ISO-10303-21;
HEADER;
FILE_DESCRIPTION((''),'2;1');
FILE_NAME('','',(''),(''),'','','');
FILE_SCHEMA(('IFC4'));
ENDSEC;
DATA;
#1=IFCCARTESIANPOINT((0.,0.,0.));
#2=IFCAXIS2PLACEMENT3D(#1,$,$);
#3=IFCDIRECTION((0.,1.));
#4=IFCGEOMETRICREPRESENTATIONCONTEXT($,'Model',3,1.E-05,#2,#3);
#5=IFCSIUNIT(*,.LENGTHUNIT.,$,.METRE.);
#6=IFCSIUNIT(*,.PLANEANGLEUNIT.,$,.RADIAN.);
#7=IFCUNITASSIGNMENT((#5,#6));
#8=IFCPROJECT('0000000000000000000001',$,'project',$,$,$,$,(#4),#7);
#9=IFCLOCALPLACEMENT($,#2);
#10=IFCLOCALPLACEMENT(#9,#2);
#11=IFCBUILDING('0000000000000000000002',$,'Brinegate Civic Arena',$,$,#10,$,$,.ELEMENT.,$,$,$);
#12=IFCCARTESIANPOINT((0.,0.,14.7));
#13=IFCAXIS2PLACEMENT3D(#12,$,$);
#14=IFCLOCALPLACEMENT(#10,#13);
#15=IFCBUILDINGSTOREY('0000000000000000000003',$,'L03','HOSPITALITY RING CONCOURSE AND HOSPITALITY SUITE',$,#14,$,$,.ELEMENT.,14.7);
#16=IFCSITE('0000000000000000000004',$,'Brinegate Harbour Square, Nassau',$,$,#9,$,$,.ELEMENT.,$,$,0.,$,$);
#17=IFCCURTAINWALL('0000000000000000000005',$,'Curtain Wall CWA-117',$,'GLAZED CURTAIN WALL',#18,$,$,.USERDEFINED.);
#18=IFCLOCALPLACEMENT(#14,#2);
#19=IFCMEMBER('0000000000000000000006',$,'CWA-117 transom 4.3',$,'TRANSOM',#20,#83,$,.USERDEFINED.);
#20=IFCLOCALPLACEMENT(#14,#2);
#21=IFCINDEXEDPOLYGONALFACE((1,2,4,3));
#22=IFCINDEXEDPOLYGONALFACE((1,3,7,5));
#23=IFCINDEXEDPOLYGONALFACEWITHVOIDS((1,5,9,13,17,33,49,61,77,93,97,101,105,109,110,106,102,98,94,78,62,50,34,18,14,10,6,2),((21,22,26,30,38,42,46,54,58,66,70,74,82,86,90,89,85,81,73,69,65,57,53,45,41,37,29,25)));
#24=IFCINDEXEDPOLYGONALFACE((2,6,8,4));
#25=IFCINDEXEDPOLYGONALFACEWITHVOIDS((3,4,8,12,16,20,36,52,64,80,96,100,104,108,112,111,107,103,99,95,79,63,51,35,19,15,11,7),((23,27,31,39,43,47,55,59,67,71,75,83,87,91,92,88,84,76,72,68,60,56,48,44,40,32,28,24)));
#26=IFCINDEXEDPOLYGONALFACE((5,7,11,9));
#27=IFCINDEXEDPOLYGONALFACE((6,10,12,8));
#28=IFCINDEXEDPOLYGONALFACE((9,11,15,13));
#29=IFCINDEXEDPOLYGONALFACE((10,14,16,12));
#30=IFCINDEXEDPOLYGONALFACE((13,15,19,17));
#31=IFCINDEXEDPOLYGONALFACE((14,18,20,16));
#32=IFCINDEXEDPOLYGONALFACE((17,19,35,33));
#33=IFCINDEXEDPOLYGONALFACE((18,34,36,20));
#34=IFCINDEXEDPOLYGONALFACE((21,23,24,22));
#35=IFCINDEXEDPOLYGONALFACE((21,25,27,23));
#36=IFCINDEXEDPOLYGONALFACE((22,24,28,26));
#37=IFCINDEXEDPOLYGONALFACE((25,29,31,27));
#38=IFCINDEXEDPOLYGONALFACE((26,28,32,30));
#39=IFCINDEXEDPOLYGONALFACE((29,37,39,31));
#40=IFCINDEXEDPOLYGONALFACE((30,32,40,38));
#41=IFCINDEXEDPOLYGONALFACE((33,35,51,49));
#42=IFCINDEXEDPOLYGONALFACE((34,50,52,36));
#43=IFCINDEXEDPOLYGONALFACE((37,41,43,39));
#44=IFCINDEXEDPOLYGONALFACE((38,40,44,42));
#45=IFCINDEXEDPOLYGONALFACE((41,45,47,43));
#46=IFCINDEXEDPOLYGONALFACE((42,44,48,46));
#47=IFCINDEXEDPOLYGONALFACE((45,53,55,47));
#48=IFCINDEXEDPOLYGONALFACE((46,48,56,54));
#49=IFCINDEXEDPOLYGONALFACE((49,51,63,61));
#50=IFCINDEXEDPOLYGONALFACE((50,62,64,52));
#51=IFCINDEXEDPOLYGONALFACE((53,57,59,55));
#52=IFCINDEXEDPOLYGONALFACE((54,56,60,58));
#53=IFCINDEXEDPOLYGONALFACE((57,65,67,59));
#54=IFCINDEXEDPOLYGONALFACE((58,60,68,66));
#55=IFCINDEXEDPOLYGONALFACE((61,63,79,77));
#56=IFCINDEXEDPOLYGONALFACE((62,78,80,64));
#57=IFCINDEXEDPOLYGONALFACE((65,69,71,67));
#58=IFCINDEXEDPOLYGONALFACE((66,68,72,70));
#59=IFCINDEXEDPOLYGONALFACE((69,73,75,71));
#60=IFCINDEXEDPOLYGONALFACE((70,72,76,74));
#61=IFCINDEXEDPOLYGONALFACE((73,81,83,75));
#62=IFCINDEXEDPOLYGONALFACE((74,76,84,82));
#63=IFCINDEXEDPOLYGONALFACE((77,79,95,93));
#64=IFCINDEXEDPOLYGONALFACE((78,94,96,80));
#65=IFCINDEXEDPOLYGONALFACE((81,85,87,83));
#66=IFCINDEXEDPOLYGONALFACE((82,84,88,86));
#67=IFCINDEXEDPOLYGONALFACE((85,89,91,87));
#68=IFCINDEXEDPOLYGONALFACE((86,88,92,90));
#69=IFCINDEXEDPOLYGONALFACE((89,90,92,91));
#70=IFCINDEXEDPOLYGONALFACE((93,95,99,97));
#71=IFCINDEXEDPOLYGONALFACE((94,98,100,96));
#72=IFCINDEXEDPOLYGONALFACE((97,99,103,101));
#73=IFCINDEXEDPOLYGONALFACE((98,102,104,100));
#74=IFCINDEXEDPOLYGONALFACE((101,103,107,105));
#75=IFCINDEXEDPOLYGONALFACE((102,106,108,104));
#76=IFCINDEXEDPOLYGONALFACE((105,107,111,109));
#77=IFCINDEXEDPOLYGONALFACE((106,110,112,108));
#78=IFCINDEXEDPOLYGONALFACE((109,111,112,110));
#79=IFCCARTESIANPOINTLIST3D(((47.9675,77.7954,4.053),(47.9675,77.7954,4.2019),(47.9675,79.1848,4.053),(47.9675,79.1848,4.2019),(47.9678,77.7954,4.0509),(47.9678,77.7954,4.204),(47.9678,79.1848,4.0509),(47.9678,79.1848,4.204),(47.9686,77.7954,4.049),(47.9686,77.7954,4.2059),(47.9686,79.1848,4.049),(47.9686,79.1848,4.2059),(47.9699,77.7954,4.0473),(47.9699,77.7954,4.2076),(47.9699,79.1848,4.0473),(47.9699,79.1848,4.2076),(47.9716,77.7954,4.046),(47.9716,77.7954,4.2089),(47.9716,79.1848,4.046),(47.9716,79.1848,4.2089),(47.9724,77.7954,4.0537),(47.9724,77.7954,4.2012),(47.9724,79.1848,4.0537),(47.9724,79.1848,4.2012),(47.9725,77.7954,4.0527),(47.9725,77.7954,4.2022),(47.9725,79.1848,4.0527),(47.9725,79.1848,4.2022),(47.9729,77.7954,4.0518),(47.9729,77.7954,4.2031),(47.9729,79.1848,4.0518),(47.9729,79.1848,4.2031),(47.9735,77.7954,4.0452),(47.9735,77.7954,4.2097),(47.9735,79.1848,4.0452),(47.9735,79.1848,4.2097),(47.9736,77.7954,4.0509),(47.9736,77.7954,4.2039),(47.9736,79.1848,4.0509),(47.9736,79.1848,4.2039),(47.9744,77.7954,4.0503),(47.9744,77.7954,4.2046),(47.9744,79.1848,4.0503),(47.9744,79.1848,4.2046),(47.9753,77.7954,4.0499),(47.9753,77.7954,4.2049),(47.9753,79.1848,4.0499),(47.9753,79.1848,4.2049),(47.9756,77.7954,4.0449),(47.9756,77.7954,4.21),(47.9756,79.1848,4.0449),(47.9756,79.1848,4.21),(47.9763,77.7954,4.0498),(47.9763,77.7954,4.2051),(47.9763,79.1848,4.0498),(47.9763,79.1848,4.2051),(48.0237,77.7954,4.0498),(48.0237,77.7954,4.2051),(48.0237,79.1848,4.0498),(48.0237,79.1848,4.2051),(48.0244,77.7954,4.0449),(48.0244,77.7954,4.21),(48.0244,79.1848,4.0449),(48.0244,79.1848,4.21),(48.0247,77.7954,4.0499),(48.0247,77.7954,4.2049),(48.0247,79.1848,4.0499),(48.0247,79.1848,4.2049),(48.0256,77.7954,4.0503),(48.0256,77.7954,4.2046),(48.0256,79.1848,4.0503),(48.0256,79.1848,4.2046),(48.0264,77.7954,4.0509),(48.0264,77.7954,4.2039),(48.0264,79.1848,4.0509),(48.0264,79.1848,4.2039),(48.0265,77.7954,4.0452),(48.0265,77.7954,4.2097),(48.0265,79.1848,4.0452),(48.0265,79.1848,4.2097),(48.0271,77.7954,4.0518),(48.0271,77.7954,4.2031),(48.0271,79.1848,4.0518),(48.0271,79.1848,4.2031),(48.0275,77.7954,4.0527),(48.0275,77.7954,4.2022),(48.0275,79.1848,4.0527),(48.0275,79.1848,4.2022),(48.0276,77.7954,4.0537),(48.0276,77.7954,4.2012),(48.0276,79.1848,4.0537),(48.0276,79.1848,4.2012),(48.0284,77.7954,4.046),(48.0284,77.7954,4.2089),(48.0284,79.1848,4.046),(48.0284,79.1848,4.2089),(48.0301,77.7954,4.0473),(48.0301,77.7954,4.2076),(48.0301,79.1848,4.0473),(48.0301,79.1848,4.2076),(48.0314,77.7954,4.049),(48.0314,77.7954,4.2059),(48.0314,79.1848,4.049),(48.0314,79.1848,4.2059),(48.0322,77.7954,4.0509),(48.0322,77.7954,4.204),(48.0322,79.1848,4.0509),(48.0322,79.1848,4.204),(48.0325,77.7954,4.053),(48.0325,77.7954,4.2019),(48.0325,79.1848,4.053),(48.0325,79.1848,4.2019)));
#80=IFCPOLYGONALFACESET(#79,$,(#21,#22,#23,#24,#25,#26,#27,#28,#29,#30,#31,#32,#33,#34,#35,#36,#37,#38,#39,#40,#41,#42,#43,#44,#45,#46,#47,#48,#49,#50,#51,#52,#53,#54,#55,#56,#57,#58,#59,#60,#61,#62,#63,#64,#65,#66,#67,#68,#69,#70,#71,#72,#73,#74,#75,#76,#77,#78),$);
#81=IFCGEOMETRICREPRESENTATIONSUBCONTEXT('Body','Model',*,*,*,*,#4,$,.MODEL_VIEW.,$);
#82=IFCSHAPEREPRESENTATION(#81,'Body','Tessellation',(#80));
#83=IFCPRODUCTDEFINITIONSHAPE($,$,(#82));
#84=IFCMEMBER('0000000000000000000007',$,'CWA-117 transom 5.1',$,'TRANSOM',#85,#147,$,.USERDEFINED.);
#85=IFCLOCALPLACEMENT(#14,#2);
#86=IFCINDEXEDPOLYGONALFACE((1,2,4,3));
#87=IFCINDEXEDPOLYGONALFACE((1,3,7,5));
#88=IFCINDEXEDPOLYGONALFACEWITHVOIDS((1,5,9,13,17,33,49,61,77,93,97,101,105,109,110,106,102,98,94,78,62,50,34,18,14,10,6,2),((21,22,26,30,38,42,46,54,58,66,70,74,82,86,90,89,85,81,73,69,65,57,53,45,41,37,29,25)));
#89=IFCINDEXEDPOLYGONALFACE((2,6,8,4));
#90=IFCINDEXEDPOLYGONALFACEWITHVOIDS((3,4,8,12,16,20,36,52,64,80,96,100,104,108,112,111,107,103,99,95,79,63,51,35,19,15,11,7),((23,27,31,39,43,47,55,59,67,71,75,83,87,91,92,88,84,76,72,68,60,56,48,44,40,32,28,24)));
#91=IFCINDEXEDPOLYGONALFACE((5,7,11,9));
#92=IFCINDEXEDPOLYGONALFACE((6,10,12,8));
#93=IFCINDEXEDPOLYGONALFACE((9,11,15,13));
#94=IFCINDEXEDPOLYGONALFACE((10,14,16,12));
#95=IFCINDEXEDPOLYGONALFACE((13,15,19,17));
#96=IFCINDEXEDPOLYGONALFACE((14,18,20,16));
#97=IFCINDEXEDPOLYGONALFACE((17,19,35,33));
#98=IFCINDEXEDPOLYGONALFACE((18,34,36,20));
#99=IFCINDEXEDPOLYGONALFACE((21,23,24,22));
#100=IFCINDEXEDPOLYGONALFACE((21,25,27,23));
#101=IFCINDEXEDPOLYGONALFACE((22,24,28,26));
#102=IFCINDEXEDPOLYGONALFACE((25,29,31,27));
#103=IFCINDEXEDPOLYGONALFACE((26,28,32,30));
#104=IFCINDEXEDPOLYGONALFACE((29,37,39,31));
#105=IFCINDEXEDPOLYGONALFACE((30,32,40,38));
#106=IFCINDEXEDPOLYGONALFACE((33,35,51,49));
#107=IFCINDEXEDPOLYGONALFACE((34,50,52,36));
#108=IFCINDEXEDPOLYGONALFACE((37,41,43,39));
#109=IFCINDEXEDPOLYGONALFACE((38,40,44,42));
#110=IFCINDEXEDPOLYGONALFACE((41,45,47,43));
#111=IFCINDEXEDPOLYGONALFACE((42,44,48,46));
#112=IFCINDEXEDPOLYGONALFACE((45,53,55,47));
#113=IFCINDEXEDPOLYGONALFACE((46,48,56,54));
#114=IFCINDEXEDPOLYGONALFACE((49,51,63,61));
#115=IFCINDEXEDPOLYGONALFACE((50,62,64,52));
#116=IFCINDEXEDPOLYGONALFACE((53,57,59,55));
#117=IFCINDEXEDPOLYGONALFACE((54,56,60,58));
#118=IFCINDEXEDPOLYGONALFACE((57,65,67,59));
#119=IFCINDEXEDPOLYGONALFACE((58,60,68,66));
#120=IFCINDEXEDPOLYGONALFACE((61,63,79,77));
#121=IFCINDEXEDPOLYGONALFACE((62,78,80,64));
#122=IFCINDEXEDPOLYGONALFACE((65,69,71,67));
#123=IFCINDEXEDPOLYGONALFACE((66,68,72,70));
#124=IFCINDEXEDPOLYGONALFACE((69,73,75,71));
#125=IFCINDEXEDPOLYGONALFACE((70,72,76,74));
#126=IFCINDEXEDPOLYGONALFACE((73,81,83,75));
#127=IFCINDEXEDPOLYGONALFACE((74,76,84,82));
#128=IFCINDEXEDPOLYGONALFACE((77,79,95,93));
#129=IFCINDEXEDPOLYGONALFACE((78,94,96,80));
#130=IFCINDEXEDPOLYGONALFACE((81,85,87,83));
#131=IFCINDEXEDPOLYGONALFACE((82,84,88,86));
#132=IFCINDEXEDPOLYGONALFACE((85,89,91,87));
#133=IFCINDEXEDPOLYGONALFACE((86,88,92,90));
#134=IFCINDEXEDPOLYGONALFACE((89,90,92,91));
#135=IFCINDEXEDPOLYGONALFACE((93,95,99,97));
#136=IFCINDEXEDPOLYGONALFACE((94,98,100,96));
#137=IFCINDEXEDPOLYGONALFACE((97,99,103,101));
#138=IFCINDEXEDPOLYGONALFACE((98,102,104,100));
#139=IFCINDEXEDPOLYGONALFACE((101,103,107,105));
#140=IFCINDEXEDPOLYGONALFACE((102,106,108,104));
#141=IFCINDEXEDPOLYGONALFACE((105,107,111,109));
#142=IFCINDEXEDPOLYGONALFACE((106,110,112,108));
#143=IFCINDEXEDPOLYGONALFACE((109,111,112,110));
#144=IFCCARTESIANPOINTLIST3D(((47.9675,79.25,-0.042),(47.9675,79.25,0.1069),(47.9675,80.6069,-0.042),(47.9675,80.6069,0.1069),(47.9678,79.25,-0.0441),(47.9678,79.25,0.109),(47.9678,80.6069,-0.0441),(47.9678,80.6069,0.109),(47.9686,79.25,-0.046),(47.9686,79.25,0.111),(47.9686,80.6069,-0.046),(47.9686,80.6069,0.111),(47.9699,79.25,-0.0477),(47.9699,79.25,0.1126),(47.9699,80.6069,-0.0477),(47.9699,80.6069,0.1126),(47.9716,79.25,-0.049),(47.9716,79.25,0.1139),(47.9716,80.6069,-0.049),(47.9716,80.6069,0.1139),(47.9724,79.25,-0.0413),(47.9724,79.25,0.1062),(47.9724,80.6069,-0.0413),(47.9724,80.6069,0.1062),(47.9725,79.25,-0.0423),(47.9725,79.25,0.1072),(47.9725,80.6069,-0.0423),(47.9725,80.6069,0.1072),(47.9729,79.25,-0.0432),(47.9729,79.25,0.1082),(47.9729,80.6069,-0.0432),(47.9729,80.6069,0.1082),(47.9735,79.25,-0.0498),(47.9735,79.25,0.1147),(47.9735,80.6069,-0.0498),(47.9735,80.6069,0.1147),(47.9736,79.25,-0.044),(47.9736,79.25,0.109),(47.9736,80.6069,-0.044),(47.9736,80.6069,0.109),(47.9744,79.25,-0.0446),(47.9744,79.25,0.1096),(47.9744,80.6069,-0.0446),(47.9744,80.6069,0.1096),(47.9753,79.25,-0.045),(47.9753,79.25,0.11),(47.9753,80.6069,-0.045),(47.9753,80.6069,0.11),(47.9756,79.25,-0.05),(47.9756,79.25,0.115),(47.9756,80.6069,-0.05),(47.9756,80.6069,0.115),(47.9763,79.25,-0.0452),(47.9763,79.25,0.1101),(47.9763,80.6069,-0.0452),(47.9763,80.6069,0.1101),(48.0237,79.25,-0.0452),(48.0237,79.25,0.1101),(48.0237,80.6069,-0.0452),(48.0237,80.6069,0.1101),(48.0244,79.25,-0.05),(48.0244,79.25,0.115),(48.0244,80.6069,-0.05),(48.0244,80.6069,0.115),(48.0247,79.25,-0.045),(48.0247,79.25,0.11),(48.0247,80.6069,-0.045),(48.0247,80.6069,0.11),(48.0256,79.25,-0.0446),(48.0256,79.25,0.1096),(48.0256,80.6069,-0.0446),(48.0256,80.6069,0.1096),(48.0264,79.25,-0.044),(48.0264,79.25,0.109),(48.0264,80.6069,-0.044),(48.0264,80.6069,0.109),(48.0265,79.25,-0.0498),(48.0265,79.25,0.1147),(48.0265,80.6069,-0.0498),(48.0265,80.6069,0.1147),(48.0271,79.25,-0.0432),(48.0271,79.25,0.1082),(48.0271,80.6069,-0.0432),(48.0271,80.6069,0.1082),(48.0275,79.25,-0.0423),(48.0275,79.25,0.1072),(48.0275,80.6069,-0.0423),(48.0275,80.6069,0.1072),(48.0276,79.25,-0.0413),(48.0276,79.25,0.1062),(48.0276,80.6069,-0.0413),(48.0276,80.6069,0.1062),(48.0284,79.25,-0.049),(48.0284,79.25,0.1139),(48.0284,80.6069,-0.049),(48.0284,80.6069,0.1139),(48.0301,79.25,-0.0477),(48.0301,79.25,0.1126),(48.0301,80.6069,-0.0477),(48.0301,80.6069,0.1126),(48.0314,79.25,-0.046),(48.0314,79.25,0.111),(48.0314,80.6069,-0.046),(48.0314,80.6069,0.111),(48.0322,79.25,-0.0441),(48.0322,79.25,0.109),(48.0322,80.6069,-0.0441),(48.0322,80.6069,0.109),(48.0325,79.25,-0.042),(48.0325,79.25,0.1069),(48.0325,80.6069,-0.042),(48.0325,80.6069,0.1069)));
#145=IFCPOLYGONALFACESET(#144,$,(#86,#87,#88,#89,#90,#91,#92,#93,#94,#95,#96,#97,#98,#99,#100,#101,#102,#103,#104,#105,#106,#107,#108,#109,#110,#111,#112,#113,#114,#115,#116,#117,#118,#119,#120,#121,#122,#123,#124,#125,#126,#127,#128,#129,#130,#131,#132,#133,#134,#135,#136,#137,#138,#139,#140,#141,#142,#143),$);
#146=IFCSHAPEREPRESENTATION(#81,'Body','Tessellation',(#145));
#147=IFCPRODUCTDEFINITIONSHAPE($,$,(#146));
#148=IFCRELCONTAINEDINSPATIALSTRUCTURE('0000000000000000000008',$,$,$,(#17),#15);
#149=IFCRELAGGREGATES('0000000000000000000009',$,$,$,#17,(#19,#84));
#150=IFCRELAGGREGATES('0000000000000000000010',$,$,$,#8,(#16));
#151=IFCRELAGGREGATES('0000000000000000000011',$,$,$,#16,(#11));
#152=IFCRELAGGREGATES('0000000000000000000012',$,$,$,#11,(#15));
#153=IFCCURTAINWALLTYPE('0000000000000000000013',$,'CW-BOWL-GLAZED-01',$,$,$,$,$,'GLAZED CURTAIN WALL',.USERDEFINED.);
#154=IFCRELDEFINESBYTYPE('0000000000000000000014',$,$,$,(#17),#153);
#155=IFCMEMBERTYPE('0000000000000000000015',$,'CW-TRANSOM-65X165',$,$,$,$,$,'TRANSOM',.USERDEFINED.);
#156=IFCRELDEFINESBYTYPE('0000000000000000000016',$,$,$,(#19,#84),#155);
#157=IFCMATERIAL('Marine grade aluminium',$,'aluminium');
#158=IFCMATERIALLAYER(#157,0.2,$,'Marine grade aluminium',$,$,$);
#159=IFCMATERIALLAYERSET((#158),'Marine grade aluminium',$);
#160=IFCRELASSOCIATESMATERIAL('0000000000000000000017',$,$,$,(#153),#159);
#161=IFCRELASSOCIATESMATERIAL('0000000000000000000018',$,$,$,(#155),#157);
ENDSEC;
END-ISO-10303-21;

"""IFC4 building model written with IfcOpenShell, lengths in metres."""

from ifc_helpers import new_model, si_unit, direction, frame, origin, origin_2d, place, context, subcontext, project, spatial, hollow_rectangle, extrude, material, layer, layer_set, material_profile, profile_set, type_object, element, aggregate, save


model = new_model("IFC4")

# Units and contexts
model_context = context("Model", 3, precision=1e-05, world=origin(), true_north=direction((0.0, 1.0)))
body_context = subcontext(model_context, "Body", "Model", "MODEL_VIEW")
ifc_project = project(units=[si_unit("LENGTHUNIT", "METRE"), si_unit("PLANEANGLEUNIT", "RADIAN")], contexts=[model_context])

# Site, building, storey
site_placement = place(None, origin())
site = spatial("IfcSite", under=ifc_project, at=site_placement, Name="Brinegate Harbour Square, Nassau", CompositionType="ELEMENT", RefElevation=0.0)
building_placement = place(site_placement, origin())
building = spatial("IfcBuilding", under=site, at=building_placement, Name="Brinegate Civic Arena", CompositionType="ELEMENT")
storey_placement = place(building_placement, frame((0.0, 0.0, 14.7)))
storey = spatial("IfcBuildingStorey", under=building, at=storey_placement, Name="L03", Description="HOSPITALITY RING CONCOURSE AND HOSPITALITY SUITE", CompositionType="ELEMENT", Elevation=14.7)

# Curtain wall
ifc_material_1 = material(Name="Marine grade aluminium", Category="aluminium")
ifc_layer_1 = layer(ifc_material_1, 0.2, Name="Marine grade aluminium")
ifc_layer_set_1 = layer_set([ifc_layer_1], Name="Marine grade aluminium")
curtain_wall_type = type_object("IfcCurtainWallType", Name="CW-BOWL-GLAZED-01", ElementType="GLAZED CURTAIN WALL", PredefinedType="USERDEFINED", material=ifc_layer_set_1)
curtain_wall_1_placement = place(storey_placement, origin())
curtain_wall_1 = element("IfcCurtainWall", 1, at=curtain_wall_1_placement, inside=storey, type_object=curtain_wall_type, Name="Curtain Wall CWA-117", ObjectType="GLAZED CURTAIN WALL", PredefinedType="USERDEFINED")

# Members
ifc_material_profile_1 = material_profile(ifc_material_1, hollow_rectangle(XDim=0.0649, YDim=0.165, WallThickness=0.0049, InnerFilletRadius=0.0039, OuterFilletRadius=0.0081, at=origin_2d()), Name="TRN65X165")
ifc_profile_set_1 = profile_set([ifc_material_profile_1], Name="Marine grade aluminium")
member_type_1 = type_object("IfcMemberType", Name="CW-TRANSOM-65X165", ElementType="TRANSOM", PredefinedType="USERDEFINED", material=ifc_profile_set_1)
member_1_placement = place(storey_placement, frame((48.0, 77.7954, 4.1274), z_axis=(0.0, 1.0, 0.0), x_axis=(-1.0, 0.0, 0.0)))
member_1 = element("IfcMember", 2, at=member_1_placement, type_object=member_type_1, Name="CWA-117 transom 4.3", ObjectType="TRANSOM", PredefinedType="USERDEFINED", context=body_context, shape_type="SweptSolid", body=[
    extrude(hollow_rectangle(XDim=0.0649, YDim=0.165, WallThickness=0.0049, InnerFilletRadius=0.0039, OuterFilletRadius=0.0081, at=origin_2d()), origin(), (0.0, 0.0, 1.0), 1.3894),
])
member_2_placement = place(storey_placement, frame((48.0, 79.25, 0.0325), z_axis=(0.0, 1.0, 0.0), x_axis=(-1.0, 0.0, 0.0)))
member_2 = element("IfcMember", 3, at=member_2_placement, type_object=member_type_1, Name="CWA-117 transom 5.1", ObjectType="TRANSOM", PredefinedType="USERDEFINED", context=body_context, shape_type="SweptSolid", body=[
    extrude(hollow_rectangle(XDim=0.0649, YDim=0.165, WallThickness=0.0049, InnerFilletRadius=0.0039, OuterFilletRadius=0.0081, at=origin_2d()), origin(), (0.0, 0.0, 1.0), 1.3569),
])

aggregate(curtain_wall_1, [member_1, member_2])

save(model, "model.ifc")
